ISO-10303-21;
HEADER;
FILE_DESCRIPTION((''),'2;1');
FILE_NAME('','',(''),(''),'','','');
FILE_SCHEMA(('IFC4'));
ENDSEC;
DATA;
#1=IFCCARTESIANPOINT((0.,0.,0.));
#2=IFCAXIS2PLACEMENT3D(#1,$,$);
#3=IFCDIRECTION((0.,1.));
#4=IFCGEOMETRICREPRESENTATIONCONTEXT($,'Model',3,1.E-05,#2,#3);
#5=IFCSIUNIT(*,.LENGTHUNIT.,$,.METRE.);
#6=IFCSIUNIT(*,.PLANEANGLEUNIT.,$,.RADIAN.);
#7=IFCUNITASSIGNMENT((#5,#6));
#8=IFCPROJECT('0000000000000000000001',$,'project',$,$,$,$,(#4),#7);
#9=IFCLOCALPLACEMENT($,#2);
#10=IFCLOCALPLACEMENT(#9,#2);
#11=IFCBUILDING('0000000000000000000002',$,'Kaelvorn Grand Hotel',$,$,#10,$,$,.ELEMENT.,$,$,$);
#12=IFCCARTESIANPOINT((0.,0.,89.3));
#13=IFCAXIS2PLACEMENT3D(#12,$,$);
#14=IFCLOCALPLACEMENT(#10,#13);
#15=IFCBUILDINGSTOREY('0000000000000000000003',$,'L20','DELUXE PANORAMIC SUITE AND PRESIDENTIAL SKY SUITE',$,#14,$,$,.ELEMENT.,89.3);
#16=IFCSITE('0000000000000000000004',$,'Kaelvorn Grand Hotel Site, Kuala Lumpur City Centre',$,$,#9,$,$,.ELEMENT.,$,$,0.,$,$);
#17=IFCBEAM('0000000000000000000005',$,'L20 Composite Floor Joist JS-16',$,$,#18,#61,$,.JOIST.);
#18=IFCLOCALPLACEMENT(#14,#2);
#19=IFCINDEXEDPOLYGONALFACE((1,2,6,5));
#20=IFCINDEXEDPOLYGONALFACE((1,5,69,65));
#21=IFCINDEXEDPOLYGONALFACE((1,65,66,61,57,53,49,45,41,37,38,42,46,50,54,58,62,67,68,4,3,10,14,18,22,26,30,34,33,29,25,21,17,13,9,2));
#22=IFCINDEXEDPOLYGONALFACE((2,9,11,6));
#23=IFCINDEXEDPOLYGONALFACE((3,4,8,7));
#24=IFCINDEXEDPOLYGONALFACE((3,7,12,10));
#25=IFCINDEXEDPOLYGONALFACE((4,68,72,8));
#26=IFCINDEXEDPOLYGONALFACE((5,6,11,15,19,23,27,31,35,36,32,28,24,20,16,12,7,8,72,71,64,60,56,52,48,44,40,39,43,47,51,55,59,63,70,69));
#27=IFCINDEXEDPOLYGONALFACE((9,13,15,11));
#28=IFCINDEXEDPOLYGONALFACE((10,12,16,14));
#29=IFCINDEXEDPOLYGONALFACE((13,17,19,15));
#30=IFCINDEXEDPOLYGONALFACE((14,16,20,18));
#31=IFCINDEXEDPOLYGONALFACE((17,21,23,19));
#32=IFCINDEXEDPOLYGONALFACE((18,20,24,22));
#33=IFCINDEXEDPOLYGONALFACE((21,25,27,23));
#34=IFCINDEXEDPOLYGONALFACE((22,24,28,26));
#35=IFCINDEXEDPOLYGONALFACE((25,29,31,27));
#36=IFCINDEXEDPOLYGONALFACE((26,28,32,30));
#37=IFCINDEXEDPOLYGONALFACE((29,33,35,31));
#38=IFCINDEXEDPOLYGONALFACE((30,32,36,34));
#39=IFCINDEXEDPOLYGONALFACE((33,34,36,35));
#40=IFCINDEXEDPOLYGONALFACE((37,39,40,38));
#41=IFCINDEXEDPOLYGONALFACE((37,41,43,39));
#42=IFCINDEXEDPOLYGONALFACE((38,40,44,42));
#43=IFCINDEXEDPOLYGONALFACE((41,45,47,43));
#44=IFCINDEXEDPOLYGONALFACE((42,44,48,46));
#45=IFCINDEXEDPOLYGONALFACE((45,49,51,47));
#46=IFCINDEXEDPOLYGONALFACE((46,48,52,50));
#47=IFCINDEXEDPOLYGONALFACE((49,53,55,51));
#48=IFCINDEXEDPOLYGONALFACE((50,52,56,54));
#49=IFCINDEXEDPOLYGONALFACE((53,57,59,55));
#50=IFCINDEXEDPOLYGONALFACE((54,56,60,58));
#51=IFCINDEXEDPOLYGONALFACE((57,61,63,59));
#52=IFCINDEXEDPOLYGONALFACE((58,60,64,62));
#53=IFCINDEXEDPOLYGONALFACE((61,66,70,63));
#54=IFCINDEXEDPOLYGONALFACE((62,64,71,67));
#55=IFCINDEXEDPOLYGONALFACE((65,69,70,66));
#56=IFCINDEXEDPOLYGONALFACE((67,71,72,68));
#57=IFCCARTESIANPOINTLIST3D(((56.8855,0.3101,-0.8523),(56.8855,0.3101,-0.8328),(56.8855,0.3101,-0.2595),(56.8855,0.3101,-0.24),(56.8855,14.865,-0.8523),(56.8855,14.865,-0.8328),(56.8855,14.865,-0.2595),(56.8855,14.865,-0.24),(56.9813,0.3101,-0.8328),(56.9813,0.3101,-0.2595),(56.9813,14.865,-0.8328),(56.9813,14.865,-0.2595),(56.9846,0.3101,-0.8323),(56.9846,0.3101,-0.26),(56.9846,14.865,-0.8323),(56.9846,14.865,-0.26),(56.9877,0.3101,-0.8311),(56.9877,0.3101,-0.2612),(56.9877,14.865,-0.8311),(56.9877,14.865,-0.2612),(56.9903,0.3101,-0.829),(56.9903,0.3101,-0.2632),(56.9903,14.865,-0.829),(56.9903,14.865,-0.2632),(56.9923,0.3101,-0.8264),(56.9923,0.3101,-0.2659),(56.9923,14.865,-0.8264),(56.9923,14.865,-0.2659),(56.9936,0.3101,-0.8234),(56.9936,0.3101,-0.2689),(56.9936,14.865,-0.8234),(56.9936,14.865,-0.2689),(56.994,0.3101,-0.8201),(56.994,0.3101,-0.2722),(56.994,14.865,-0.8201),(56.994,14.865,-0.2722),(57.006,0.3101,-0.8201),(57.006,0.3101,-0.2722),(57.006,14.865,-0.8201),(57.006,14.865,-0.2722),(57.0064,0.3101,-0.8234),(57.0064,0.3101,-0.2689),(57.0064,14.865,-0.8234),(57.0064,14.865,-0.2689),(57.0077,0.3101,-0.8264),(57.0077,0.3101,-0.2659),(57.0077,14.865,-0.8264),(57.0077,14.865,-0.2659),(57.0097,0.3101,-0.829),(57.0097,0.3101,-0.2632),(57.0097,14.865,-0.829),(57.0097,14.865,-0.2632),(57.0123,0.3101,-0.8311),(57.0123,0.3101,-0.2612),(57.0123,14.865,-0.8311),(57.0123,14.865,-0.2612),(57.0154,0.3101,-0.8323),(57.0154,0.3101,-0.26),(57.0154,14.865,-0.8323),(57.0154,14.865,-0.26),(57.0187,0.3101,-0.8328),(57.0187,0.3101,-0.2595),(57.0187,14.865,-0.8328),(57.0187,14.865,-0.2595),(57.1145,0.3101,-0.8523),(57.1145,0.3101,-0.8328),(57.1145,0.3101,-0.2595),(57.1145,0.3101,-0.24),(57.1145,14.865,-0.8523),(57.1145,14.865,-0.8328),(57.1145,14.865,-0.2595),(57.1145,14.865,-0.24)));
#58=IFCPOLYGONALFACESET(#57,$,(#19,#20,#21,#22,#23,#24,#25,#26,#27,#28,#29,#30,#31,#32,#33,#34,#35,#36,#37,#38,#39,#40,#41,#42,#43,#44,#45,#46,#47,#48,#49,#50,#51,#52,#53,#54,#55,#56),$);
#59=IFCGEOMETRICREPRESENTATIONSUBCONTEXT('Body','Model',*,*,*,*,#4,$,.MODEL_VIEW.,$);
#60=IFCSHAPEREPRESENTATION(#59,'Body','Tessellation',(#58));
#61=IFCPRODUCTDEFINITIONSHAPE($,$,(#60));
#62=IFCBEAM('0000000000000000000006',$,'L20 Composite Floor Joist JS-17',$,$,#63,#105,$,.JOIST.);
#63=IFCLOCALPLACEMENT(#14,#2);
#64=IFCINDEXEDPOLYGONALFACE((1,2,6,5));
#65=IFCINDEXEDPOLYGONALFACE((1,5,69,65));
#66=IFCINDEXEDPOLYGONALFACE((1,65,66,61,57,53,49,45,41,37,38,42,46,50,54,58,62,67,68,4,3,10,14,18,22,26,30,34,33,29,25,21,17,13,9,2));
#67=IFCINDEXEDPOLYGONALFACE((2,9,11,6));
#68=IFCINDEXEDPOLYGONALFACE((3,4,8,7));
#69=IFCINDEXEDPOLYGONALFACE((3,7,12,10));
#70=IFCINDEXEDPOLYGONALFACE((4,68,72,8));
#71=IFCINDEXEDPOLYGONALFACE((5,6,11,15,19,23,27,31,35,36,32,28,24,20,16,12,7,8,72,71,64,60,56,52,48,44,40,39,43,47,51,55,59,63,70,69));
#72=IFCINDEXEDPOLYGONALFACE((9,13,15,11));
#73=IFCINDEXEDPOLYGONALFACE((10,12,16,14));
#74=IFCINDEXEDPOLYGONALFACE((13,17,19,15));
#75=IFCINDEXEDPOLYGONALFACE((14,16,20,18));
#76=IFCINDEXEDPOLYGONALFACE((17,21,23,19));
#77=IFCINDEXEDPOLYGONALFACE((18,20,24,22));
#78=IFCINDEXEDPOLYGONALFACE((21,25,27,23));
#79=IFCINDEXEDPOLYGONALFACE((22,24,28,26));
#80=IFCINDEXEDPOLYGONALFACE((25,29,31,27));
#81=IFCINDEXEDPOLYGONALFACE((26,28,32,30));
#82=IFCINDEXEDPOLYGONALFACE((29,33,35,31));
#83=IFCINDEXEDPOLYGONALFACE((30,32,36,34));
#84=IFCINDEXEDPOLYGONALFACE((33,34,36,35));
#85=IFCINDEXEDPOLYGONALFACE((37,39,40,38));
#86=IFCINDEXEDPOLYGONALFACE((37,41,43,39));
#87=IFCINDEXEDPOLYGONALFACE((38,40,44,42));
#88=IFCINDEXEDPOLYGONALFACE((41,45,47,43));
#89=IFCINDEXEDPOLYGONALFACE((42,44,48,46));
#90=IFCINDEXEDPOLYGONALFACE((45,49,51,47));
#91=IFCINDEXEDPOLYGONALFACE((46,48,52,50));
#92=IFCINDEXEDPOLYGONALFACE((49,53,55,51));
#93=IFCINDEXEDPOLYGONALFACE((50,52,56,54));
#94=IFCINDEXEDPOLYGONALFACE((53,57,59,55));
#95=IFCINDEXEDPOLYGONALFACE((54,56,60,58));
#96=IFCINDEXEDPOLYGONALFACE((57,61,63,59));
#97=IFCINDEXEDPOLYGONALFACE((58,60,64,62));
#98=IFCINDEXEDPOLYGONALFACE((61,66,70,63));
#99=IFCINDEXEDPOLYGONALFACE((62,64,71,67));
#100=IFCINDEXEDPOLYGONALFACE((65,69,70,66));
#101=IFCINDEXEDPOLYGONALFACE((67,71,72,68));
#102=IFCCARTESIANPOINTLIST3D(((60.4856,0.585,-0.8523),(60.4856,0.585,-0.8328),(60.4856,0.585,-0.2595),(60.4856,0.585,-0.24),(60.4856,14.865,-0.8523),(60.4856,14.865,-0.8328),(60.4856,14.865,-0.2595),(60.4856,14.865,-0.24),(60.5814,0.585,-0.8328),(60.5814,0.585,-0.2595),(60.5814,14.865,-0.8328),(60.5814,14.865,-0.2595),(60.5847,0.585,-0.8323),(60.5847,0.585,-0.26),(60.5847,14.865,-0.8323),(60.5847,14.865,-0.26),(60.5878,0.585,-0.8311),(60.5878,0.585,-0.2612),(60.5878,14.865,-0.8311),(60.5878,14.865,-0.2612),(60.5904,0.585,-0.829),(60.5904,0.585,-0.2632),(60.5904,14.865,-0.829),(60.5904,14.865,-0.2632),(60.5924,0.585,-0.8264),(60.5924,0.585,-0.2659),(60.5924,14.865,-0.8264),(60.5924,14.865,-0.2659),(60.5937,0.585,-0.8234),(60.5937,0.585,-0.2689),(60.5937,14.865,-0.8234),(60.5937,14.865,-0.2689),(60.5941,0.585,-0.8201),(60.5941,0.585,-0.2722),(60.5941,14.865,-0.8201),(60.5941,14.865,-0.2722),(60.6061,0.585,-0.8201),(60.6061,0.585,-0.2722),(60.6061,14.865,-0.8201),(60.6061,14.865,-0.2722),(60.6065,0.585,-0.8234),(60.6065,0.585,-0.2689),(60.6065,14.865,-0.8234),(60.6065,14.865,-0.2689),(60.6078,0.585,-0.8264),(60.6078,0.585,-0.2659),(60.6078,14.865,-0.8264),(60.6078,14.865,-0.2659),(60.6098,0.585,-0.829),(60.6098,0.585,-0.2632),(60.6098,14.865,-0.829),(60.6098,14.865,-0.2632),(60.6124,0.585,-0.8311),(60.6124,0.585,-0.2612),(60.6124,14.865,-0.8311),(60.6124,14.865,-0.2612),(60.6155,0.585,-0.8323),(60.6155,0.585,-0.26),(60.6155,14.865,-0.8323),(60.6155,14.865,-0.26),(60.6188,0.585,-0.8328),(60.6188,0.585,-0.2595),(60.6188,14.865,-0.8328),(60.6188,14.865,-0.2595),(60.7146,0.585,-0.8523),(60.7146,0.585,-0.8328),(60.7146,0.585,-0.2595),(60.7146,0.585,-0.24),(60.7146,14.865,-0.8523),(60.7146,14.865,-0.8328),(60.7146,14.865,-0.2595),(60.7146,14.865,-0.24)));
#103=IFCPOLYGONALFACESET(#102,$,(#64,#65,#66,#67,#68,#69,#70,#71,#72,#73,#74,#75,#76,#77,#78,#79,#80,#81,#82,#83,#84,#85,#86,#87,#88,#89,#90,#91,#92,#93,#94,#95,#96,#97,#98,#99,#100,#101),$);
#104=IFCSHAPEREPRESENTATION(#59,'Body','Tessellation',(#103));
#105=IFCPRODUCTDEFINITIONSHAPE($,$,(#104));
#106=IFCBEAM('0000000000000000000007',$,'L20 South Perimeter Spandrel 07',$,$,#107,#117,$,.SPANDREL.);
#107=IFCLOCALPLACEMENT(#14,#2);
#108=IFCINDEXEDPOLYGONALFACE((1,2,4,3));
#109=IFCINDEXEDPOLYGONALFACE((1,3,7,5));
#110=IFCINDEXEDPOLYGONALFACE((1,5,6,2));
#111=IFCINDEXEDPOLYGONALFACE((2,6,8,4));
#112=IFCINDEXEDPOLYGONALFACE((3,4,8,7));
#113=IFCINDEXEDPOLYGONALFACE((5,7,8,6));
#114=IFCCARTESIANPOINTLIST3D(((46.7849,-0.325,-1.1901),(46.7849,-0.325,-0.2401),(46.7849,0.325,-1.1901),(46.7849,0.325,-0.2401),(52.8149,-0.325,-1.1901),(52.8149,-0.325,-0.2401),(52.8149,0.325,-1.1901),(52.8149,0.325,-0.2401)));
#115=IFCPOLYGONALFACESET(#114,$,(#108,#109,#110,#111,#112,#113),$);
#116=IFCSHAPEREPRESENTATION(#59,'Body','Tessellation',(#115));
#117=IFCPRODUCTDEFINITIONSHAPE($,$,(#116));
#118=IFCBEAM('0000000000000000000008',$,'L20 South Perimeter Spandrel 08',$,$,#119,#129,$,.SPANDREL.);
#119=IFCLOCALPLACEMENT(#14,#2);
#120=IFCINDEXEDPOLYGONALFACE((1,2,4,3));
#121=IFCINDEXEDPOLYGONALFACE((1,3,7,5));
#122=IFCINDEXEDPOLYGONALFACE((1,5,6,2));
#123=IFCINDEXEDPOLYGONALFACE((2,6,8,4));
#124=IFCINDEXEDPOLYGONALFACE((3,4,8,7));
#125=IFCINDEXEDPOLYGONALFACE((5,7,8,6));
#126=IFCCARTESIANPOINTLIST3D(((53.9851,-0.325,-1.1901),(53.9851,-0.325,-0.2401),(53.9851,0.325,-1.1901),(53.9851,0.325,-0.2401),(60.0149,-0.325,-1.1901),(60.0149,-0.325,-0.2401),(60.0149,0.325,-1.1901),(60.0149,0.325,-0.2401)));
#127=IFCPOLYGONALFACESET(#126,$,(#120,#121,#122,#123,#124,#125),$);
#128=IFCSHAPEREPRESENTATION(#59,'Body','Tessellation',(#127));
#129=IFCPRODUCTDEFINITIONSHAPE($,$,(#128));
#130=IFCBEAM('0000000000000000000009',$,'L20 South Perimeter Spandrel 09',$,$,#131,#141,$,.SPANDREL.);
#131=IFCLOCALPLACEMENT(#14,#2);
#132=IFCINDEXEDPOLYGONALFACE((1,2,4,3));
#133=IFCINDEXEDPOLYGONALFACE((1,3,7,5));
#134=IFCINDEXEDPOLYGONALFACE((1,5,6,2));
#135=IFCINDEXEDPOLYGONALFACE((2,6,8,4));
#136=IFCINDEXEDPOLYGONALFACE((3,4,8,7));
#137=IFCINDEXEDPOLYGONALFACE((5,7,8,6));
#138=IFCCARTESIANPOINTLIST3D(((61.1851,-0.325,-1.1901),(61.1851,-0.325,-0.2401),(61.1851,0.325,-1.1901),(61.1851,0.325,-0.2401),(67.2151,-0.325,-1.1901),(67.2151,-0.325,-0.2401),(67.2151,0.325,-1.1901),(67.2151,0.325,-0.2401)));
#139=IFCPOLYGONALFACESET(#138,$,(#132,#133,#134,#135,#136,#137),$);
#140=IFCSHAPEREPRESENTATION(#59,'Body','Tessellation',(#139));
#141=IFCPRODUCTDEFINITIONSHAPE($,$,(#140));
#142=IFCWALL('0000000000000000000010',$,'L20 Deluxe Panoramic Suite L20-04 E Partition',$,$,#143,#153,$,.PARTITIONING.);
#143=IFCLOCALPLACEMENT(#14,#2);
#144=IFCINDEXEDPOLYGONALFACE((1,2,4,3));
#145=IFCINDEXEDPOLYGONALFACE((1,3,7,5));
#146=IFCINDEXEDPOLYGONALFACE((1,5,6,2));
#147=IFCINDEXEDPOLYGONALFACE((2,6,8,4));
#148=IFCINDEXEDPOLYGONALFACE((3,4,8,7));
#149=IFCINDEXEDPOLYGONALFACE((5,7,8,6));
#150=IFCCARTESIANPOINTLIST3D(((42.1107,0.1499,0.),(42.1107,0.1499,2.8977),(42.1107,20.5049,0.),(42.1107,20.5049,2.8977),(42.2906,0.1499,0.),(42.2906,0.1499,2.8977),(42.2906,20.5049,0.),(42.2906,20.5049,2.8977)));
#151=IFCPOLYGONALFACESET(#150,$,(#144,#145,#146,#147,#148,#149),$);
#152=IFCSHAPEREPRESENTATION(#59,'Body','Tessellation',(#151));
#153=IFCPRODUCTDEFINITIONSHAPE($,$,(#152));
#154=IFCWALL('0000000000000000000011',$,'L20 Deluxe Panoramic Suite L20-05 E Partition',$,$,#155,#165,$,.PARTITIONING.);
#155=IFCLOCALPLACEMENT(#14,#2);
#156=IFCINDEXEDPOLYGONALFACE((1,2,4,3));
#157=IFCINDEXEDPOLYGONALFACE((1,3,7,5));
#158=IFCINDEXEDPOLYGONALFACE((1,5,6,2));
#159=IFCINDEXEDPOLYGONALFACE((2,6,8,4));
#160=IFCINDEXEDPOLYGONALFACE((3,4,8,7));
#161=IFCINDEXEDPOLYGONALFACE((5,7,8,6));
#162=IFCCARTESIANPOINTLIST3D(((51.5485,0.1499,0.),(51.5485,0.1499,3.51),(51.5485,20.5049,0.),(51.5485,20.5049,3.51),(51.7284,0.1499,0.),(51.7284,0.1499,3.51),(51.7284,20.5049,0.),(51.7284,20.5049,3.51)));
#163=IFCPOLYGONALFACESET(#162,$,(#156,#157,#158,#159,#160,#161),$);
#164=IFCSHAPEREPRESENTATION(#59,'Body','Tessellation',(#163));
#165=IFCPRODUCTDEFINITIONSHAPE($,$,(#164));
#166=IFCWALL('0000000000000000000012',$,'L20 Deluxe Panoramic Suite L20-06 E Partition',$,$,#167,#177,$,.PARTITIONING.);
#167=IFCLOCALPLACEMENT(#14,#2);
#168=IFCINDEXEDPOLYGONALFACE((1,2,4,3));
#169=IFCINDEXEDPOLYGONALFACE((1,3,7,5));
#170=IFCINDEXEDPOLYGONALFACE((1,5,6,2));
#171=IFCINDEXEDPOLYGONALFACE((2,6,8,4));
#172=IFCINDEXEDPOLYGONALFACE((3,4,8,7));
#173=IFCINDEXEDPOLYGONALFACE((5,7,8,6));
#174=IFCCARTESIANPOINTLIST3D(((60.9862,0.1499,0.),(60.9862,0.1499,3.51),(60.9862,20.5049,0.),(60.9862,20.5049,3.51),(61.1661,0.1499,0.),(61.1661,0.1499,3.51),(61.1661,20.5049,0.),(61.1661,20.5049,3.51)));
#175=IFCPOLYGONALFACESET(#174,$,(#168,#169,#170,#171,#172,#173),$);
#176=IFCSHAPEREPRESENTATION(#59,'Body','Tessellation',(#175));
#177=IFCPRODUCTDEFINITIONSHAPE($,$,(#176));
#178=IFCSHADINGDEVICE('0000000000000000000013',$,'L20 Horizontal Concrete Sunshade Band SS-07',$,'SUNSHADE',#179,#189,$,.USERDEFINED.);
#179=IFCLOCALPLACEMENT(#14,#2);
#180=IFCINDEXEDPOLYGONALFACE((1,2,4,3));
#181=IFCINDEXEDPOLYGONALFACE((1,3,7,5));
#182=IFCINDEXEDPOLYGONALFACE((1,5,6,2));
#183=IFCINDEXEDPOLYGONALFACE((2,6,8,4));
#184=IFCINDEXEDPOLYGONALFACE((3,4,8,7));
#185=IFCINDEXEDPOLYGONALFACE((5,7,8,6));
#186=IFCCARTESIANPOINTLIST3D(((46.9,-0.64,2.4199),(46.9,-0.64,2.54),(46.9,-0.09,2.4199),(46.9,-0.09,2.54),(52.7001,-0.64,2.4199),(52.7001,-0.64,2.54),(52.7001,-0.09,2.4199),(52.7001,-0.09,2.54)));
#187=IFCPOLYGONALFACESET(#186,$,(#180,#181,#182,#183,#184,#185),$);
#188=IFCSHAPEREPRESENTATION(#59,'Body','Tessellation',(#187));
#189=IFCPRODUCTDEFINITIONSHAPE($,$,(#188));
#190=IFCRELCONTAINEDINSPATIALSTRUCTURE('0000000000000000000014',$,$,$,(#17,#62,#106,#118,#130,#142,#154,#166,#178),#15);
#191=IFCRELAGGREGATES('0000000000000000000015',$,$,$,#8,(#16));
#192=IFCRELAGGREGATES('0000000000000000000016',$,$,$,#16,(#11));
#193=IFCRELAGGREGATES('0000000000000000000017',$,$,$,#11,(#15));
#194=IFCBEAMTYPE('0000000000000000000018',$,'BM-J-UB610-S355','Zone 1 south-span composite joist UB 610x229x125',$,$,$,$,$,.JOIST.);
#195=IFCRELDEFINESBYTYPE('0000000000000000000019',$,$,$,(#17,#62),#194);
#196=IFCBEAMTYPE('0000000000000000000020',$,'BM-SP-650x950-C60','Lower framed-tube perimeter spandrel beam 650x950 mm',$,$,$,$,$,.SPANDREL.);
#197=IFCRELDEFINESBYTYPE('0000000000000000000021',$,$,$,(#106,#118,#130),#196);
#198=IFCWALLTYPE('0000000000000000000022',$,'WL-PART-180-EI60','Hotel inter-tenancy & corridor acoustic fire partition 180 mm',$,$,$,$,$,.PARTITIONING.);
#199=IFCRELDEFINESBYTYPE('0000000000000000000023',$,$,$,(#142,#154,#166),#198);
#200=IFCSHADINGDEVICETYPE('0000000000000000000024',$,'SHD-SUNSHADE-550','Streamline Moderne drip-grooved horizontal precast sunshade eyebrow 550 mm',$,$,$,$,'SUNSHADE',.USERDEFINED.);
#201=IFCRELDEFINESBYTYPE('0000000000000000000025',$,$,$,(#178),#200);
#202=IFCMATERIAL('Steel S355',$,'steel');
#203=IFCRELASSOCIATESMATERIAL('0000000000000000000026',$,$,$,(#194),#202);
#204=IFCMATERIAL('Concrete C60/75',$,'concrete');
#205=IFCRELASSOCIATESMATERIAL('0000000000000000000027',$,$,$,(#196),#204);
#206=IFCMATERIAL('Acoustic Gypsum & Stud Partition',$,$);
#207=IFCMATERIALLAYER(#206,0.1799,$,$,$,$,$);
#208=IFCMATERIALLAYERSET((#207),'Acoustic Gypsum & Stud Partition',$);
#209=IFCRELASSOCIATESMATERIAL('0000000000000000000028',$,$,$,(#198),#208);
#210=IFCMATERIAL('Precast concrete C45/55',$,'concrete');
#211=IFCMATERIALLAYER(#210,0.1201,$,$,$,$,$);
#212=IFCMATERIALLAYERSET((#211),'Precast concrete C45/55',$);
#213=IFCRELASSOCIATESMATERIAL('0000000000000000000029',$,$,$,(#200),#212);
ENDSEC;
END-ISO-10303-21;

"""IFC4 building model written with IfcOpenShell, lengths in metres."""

from ifc_helpers import new_model, si_unit, direction, frame, frame_2d, origin, origin_2d, place, context, subcontext, project, spatial, rectangle, i_section, extrude, material, layer, layer_set, material_profile, profile_set, type_object, element, save


model = new_model("IFC4")

# Units and contexts
model_context = context("Model", 3, precision=1e-05, world=origin(), true_north=direction((0.0, 1.0)))
body_context = subcontext(model_context, "Body", "Model", "MODEL_VIEW")
ifc_project = project(units=[si_unit("LENGTHUNIT", "METRE"), si_unit("PLANEANGLEUNIT", "RADIAN")], contexts=[model_context])

# Site, building, storey
site_placement = place(None, origin())
site = spatial("IfcSite", under=ifc_project, at=site_placement, Name="Kaelvorn Grand Hotel Site, Kuala Lumpur City Centre", CompositionType="ELEMENT", RefElevation=0.0)
building_placement = place(site_placement, origin())
building = spatial("IfcBuilding", under=site, at=building_placement, Name="Kaelvorn Grand Hotel", CompositionType="ELEMENT")
storey_placement = place(building_placement, frame((0.0, 0.0, 89.3)))
storey = spatial("IfcBuildingStorey", under=building, at=storey_placement, Name="L20", Description="DELUXE PANORAMIC SUITE AND PRESIDENTIAL SKY SUITE", CompositionType="ELEMENT", Elevation=89.3)

# Shared definitions
ifc_material_1 = material(Name="Concrete C60/75", Category="concrete")

# Beams
ifc_material_2 = material(Name="Steel S355", Category="steel")
ifc_material_profile_1 = material_profile(ifc_material_2, i_section(OverallWidth=0.229, OverallDepth=0.6123, WebThickness=0.012, FlangeThickness=0.0195, FilletRadius=0.0127, at=origin_2d()), Name="UB 610x229x125")
ifc_profile_set_1 = profile_set([ifc_material_profile_1], Name="Steel S355")
beam_type_1 = type_object("IfcBeamType", Name="BM-J-UB610-S355", Description="Zone 1 south-span composite joist UB 610x229x125", PredefinedType="JOIST", material=ifc_profile_set_1)
beam_1_placement = place(storey_placement, frame((57.0, 0.3101, -0.5461), z_axis=(0.0, 1.0, 0.0), x_axis=(-1.0, 0.0, 0.0)))
element("IfcBeam", 1, at=beam_1_placement, inside=storey, type_object=beam_type_1, Name="L20 Composite Floor Joist JS-16", PredefinedType="JOIST", context=body_context, shape_type="SweptSolid", body=[
    extrude(i_section(OverallWidth=0.229, OverallDepth=0.6123, WebThickness=0.012, FlangeThickness=0.0195, FilletRadius=0.0127, at=origin_2d()), origin(), (0.0, 0.0, 1.0), 14.5549),
])
beam_2_placement = place(storey_placement, frame((60.6001, 0.585, -0.5461), z_axis=(0.0, 1.0, 0.0), x_axis=(-1.0, 0.0, 0.0)))
element("IfcBeam", 2, at=beam_2_placement, inside=storey, type_object=beam_type_1, Name="L20 Composite Floor Joist JS-17", PredefinedType="JOIST", context=body_context, shape_type="SweptSolid", body=[
    extrude(i_section(OverallWidth=0.229, OverallDepth=0.6123, WebThickness=0.012, FlangeThickness=0.0195, FilletRadius=0.0127, at=origin_2d()), origin(), (0.0, 0.0, 1.0), 14.28),
])
ifc_material_profile_2 = material_profile(ifc_material_1, rectangle(XDim=0.6499, YDim=0.95, at=origin_2d()), Name="RC SPANDREL 650x950")
ifc_profile_set_2 = profile_set([ifc_material_profile_2], Name="Concrete C60/75")
beam_type_2 = type_object("IfcBeamType", Name="BM-SP-650x950-C60", Description="Lower framed-tube perimeter spandrel beam 650x950 mm", PredefinedType="SPANDREL", material=ifc_profile_set_2)
beam_3_placement = place(storey_placement, frame((46.7849, 0.0, -0.7151), z_axis=(1.0, 0.0, 0.0), x_axis=(0.0, 1.0, 0.0)))
element("IfcBeam", 3, at=beam_3_placement, inside=storey, type_object=beam_type_2, Name="L20 South Perimeter Spandrel 07", PredefinedType="SPANDREL", context=body_context, shape_type="SweptSolid", body=[
    extrude(rectangle(XDim=0.6499, YDim=0.95, at=origin_2d()), origin(), (0.0, 0.0, 1.0), 6.03),
])
beam_4_placement = place(storey_placement, frame((53.9851, 0.0, -0.7151), z_axis=(1.0, 0.0, 0.0), x_axis=(0.0, 1.0, 0.0)))
element("IfcBeam", 4, at=beam_4_placement, inside=storey, type_object=beam_type_2, Name="L20 South Perimeter Spandrel 08", PredefinedType="SPANDREL", context=body_context, shape_type="SweptSolid", body=[
    extrude(rectangle(XDim=0.6499, YDim=0.95, at=origin_2d()), origin(), (0.0, 0.0, 1.0), 6.0298),
])
beam_5_placement = place(storey_placement, frame((61.1851, 0.0, -0.7151), z_axis=(1.0, 0.0, 0.0), x_axis=(0.0, 1.0, 0.0)))
element("IfcBeam", 5, at=beam_5_placement, inside=storey, type_object=beam_type_2, Name="L20 South Perimeter Spandrel 09", PredefinedType="SPANDREL", context=body_context, shape_type="SweptSolid", body=[
    extrude(rectangle(XDim=0.6499, YDim=0.95, at=origin_2d()), origin(), (0.0, 0.0, 1.0), 6.03),
])

# Walls
ifc_material_3 = material(Name="Acoustic Gypsum & Stud Partition")
ifc_layer_1 = layer(ifc_material_3, 0.1799)
ifc_layer_set_1 = layer_set([ifc_layer_1], Name="Acoustic Gypsum & Stud Partition")
wall_type = type_object("IfcWallType", Name="WL-PART-180-EI60", Description="Hotel inter-tenancy & corridor acoustic fire partition 180 mm", PredefinedType="PARTITIONING", material=ifc_layer_set_1)
wall_placement = place(storey_placement, frame((42.2007, 0.1499, 0.0), z_axis=(0.0, 0.0, 1.0), x_axis=(0.0, 1.0, 0.0)))
element("IfcWall", 6, at=wall_placement, inside=storey, type_object=wall_type, Name="L20 Deluxe Panoramic Suite L20-04 E Partition", PredefinedType="PARTITIONING", context=body_context, shape_type="SweptSolid", body=[
    extrude(rectangle(XDim=20.355, YDim=0.1799, at=frame_2d((10.1775, 0.0))), origin(), (0.0, 0.0, 1.0), 2.8977),
])
for number, where, z_axis, x_axis, name in (
    (7, (51.6384, 0.1499, 0.0), (0.0, 0.0, 1.0), (0.0, 1.0, 0.0), "L20 Deluxe Panoramic Suite L20-05 E Partition"),
    (8, (61.0762, 0.1499, 0.0), (0.0, 0.0, 1.0), (0.0, 1.0, 0.0), "L20 Deluxe Panoramic Suite L20-06 E Partition"),
):
    element("IfcWall", number, at=place(storey_placement, frame(where, z_axis=z_axis, x_axis=x_axis)), inside=storey, type_object=wall_type, Name=name, PredefinedType="PARTITIONING", context=body_context, shape_type="SweptSolid", body=[
        extrude(rectangle(XDim=20.355, YDim=0.1799, at=frame_2d((10.1775, 0.0))), origin(), (0.0, 0.0, 1.0), 3.51),
    ])

# Shading device
ifc_material_4 = material(Name="Precast concrete C45/55", Category="concrete")
ifc_layer_2 = layer(ifc_material_4, 0.1201)
ifc_layer_set_2 = layer_set([ifc_layer_2], Name="Precast concrete C45/55")
shading_device_type_1 = type_object("IfcShadingDeviceType", Name="SHD-SUNSHADE-550", Description="Streamline Moderne drip-grooved horizontal precast sunshade eyebrow 550 mm", ElementType="SUNSHADE", PredefinedType="USERDEFINED", material=ifc_layer_set_2)
shading_device_placement = place(storey_placement, frame((49.8, -0.365, 2.4199), z_axis=(0.0, 0.0, 1.0), x_axis=(1.0, 0.0, 0.0)))
element("IfcShadingDevice", 9, at=shading_device_placement, inside=storey, type_object=shading_device_type_1, Name="L20 Horizontal Concrete Sunshade Band SS-07", ObjectType="SUNSHADE", PredefinedType="USERDEFINED", context=body_context, shape_type="SweptSolid", body=[
    extrude(rectangle(XDim=5.8, YDim=0.55, at=origin_2d()), origin(), (0.0, 0.0, 1.0), 0.1201),
])

save(model, "model.ifc")
